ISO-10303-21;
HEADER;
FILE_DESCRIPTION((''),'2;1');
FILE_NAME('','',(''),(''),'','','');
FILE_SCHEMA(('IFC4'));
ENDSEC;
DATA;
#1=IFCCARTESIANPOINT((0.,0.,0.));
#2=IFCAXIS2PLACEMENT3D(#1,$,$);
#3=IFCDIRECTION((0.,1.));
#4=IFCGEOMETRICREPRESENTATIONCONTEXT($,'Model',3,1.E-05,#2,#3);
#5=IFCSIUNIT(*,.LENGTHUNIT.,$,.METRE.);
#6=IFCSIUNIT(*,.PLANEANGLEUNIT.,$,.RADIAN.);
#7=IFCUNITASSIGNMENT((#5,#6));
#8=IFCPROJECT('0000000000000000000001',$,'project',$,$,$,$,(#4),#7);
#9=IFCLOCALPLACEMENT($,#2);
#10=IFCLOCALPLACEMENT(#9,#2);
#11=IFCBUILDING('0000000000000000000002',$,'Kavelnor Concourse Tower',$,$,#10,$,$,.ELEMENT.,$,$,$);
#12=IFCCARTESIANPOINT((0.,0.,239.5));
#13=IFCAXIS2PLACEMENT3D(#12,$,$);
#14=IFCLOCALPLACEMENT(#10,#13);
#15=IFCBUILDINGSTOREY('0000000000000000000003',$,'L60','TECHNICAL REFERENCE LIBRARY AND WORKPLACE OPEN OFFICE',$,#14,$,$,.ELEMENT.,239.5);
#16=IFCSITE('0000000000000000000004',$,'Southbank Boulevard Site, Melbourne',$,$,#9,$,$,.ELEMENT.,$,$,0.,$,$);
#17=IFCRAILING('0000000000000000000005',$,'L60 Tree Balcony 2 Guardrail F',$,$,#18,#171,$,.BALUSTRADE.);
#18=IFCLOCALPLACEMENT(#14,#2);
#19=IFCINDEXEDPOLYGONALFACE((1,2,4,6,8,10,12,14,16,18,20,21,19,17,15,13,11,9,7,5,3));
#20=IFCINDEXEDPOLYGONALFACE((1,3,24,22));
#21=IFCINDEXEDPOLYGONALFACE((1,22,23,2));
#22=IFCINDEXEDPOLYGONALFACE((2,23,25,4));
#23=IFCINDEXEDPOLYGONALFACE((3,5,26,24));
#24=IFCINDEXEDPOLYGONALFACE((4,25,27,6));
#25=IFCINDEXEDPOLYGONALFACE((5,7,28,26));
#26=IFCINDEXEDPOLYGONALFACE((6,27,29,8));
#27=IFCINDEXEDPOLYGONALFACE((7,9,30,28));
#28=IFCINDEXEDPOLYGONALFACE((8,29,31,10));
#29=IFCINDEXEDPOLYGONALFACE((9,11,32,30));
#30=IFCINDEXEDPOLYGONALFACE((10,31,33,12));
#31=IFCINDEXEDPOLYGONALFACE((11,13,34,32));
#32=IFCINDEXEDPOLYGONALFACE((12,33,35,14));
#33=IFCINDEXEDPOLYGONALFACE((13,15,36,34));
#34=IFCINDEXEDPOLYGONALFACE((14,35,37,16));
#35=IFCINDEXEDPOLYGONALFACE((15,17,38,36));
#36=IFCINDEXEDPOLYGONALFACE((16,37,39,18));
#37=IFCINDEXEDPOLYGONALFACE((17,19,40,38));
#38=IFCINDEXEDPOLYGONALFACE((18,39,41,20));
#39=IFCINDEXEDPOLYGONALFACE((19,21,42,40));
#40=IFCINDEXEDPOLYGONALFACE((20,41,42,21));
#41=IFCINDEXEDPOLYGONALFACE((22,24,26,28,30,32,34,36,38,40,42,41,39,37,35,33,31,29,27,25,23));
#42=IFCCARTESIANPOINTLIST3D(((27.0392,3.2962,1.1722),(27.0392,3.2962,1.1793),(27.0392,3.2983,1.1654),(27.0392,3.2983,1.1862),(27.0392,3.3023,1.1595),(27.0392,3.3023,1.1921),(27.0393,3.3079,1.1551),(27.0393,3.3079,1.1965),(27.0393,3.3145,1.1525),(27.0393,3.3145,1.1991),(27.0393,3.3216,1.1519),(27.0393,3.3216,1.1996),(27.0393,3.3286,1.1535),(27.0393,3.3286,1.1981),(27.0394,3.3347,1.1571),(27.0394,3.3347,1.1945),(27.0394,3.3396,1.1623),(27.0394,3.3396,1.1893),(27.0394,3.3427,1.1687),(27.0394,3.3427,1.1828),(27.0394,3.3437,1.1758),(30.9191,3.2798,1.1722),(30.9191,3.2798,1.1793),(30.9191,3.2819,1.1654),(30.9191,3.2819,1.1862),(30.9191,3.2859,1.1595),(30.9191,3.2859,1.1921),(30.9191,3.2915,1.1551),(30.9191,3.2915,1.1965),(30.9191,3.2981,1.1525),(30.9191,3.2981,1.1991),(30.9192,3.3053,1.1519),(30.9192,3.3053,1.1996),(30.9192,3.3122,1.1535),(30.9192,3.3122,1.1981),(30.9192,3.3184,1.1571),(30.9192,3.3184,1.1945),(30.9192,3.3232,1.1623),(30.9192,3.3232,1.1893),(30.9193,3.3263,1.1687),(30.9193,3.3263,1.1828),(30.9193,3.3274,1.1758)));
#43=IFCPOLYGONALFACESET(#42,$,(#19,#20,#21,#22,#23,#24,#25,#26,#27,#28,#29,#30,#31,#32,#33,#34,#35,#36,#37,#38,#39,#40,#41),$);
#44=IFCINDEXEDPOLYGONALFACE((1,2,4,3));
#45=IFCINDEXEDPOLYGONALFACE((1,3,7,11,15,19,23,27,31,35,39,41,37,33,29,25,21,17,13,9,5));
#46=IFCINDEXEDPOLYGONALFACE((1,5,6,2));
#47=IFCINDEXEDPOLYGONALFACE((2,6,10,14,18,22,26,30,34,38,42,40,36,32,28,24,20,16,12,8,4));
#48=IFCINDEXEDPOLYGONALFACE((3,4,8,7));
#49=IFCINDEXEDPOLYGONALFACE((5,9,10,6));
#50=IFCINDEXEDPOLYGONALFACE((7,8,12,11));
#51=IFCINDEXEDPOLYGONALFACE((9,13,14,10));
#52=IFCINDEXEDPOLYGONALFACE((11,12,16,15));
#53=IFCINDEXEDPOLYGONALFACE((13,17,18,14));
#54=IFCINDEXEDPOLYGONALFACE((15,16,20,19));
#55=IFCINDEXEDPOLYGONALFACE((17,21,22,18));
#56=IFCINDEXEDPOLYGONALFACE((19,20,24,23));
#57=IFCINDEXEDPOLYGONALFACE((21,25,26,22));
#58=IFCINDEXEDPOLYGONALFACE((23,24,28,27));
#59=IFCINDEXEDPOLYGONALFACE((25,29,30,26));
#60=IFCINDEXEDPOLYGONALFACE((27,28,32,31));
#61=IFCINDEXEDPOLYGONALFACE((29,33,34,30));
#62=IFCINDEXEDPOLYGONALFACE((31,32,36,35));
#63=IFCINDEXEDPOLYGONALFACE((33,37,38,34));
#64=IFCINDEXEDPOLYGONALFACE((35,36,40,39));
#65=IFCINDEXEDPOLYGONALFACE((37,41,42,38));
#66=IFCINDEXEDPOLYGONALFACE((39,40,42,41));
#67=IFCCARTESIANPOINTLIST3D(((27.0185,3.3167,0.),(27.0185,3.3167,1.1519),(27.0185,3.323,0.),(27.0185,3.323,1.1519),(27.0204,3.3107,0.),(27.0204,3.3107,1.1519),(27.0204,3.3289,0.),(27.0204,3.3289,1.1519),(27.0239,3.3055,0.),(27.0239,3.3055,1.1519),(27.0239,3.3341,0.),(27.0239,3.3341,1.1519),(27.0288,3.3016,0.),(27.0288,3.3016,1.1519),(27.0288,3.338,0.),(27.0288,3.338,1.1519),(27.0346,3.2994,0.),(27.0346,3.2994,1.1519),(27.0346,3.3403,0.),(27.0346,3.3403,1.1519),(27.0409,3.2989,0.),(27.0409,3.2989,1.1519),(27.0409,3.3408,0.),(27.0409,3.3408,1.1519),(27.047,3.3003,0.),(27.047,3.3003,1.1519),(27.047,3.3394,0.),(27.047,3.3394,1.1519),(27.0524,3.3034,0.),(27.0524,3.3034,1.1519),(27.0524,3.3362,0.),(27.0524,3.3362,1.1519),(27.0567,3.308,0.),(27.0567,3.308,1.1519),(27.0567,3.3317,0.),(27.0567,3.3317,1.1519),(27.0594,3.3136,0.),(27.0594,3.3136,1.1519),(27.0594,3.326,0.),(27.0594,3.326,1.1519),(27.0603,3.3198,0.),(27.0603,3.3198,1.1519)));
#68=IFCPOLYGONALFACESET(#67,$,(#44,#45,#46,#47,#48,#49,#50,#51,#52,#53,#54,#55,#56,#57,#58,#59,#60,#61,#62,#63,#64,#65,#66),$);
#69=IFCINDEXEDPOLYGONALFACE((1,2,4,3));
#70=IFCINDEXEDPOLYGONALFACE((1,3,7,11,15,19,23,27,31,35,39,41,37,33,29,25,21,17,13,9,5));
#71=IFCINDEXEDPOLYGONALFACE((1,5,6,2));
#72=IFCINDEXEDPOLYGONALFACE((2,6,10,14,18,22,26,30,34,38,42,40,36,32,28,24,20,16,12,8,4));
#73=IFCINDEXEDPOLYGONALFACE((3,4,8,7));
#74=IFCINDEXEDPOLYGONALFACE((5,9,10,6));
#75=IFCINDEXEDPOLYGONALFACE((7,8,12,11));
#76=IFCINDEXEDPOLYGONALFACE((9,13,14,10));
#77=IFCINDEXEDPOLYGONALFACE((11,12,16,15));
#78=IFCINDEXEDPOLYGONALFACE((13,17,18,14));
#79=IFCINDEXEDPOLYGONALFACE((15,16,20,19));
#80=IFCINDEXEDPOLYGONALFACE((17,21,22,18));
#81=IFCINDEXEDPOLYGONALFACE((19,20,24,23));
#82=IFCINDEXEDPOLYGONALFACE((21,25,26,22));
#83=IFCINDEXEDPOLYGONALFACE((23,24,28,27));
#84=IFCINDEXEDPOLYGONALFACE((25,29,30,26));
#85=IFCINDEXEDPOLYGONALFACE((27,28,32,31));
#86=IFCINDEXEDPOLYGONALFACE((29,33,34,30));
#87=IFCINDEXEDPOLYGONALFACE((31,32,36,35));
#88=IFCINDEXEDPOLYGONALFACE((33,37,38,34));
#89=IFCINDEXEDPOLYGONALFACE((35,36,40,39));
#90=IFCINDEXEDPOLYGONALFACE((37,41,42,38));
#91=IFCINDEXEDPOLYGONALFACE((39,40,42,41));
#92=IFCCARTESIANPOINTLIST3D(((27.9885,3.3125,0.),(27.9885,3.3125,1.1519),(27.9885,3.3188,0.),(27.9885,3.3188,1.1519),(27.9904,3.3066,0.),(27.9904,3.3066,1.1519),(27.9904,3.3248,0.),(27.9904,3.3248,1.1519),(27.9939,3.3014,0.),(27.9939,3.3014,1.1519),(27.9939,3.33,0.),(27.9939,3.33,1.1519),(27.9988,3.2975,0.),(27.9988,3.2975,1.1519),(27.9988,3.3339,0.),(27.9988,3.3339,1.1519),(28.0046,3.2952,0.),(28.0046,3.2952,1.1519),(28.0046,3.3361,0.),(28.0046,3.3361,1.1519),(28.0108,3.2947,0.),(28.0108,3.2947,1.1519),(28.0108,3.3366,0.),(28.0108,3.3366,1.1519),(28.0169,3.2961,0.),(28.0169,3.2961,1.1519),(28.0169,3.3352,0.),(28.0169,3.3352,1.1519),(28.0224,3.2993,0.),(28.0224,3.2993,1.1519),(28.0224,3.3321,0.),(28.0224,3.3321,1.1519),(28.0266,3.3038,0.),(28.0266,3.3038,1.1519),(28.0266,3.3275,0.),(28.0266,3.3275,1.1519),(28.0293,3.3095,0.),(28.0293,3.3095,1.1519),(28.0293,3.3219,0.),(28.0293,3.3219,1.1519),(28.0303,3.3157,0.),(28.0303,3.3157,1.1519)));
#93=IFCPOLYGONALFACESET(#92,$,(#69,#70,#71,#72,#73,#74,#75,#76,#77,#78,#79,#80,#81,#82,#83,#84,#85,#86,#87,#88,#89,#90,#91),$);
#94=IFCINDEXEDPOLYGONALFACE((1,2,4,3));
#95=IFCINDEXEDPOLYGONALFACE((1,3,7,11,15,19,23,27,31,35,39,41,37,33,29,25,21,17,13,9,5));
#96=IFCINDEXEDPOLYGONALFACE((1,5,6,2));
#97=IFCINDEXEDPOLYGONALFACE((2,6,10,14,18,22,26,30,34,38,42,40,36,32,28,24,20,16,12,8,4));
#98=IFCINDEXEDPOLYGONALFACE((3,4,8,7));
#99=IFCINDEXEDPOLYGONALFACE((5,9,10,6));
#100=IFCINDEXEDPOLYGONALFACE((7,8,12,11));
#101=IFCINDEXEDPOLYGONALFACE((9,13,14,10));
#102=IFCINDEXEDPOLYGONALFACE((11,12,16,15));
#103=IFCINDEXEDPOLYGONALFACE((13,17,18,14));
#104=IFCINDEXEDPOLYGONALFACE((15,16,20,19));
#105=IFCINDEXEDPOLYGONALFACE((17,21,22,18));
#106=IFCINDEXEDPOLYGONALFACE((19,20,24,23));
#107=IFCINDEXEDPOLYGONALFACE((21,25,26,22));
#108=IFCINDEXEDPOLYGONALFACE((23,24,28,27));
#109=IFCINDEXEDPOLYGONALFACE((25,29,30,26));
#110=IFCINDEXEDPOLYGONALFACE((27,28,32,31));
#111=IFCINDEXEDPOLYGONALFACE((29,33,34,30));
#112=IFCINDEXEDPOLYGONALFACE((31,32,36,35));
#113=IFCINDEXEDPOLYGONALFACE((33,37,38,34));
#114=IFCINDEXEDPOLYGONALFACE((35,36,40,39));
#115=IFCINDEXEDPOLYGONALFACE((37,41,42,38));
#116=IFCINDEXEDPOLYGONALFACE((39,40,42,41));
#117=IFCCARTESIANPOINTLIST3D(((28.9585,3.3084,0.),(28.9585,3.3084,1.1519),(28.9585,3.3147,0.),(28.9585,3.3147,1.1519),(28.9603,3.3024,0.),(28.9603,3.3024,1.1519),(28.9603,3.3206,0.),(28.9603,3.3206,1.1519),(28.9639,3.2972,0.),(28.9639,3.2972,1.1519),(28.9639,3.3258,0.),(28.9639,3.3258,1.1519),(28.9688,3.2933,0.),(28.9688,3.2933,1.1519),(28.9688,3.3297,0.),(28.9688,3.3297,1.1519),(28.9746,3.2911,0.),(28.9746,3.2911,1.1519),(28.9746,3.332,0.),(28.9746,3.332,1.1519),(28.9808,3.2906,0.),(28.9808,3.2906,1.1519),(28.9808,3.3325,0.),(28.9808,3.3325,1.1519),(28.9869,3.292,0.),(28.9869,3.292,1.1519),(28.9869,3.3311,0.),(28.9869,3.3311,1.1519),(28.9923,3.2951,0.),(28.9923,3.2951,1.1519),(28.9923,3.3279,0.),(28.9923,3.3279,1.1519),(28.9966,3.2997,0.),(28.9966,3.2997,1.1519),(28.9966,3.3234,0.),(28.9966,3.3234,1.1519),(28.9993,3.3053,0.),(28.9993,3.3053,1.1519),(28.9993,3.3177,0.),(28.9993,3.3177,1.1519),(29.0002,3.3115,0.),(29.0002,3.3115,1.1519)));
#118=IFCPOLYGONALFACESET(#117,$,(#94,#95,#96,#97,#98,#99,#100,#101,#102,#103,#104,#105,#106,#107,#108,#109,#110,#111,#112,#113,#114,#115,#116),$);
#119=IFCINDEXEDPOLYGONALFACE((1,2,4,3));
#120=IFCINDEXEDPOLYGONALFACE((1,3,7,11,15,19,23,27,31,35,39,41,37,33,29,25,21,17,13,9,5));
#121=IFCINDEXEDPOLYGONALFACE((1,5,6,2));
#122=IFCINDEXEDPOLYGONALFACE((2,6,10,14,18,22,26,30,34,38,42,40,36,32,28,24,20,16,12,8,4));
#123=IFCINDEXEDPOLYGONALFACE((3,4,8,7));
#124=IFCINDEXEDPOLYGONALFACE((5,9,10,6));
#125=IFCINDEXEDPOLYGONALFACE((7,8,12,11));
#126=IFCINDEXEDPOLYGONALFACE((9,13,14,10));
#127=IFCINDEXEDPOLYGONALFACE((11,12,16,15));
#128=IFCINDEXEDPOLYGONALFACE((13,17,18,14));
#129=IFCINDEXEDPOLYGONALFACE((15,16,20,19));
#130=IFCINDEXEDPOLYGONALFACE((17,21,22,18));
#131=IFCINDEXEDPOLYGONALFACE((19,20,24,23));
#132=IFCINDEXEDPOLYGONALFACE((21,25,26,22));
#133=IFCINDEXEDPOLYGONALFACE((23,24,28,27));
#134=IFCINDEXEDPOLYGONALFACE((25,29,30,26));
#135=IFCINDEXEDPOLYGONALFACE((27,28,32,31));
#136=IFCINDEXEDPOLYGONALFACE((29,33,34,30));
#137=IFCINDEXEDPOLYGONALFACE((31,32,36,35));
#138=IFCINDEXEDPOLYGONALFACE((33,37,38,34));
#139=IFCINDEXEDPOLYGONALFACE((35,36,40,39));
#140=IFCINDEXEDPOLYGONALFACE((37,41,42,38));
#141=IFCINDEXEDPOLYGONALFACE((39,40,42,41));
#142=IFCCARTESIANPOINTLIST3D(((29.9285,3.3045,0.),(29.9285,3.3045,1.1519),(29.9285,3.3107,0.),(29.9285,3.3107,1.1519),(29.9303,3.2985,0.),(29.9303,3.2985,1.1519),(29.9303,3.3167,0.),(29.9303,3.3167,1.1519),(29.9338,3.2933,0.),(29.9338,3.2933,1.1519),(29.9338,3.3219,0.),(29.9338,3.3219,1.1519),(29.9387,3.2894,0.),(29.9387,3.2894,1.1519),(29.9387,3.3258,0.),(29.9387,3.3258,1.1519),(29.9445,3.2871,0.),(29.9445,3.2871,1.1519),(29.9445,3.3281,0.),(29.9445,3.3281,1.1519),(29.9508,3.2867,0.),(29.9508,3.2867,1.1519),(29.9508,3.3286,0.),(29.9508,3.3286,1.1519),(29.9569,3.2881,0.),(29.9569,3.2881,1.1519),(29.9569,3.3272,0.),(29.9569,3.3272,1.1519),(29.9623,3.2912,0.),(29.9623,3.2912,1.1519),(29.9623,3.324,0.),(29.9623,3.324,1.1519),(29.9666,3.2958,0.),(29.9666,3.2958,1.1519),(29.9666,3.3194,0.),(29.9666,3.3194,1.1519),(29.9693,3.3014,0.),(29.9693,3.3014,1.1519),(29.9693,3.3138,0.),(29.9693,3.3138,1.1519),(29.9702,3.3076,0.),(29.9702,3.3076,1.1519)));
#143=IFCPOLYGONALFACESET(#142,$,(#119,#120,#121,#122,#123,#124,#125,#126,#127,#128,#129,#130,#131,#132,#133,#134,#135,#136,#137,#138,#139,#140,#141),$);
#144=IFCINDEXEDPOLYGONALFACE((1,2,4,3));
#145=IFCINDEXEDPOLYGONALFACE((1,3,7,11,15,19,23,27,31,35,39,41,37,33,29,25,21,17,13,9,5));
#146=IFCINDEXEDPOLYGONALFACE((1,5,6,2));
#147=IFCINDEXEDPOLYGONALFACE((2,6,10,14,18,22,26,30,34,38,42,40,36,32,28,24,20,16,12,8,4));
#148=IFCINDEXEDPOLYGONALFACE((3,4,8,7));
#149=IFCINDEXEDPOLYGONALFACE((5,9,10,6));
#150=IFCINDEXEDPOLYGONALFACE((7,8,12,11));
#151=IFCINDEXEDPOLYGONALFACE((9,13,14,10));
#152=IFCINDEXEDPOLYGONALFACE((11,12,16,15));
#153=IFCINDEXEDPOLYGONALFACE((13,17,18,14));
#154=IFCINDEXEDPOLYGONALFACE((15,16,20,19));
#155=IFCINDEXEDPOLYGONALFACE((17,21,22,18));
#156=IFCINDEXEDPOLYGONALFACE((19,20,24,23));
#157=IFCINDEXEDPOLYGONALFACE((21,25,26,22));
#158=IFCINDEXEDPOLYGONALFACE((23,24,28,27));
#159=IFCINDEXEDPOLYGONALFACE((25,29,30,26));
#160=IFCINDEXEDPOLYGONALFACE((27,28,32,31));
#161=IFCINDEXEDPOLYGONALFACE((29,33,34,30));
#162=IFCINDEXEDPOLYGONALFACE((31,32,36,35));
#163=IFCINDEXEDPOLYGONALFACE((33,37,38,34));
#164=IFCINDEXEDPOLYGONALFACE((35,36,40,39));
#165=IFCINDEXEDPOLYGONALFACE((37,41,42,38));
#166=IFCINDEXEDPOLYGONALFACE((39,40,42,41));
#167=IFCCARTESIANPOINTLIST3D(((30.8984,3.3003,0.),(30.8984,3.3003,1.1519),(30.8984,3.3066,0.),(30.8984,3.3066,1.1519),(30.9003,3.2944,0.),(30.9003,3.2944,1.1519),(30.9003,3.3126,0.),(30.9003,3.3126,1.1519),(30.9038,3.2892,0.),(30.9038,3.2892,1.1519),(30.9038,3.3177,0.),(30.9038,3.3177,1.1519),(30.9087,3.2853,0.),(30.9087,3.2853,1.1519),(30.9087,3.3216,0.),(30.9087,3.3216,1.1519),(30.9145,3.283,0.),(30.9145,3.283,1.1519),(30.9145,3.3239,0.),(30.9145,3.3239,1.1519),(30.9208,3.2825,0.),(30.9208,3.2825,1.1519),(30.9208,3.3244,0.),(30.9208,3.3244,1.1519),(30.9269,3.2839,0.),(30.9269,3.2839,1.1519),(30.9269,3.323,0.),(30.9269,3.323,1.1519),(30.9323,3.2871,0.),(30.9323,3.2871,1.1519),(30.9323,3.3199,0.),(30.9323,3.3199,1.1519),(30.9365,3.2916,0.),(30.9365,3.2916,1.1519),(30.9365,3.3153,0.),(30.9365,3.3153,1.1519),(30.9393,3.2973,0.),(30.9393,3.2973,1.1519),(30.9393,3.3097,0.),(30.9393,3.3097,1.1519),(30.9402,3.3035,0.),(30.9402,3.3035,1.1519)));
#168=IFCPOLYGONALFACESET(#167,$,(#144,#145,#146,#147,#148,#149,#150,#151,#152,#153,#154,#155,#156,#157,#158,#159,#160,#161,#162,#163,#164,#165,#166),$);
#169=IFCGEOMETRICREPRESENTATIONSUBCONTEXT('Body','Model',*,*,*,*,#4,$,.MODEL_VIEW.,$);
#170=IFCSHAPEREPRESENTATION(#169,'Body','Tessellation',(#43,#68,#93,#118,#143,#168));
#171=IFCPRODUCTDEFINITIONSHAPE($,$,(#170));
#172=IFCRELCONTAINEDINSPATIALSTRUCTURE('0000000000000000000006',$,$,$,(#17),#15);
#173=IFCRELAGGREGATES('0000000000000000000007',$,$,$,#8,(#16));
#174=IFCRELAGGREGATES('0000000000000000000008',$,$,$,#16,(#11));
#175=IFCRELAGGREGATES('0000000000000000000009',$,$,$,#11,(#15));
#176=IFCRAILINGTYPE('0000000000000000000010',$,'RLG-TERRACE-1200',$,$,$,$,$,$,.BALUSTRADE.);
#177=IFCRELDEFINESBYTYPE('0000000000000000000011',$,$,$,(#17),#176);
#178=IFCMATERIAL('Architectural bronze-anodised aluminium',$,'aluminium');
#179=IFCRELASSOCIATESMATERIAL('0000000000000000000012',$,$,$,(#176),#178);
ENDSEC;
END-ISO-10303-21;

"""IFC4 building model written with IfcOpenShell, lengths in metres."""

from ifc_helpers import new_model, si_unit, direction, frame, origin, origin_2d, place, context, subcontext, project, spatial, circle, extrude, material, type_object, element, save


model = new_model("IFC4")

# Units and contexts
model_context = context("Model", 3, precision=1e-05, world=origin(), true_north=direction((0.0, 1.0)))
body_context = subcontext(model_context, "Body", "Model", "MODEL_VIEW")
ifc_project = project(units=[si_unit("LENGTHUNIT", "METRE"), si_unit("PLANEANGLEUNIT", "RADIAN")], contexts=[model_context])

# Site, building, storey
site_placement = place(None, origin())
site = spatial("IfcSite", under=ifc_project, at=site_placement, Name="Southbank Boulevard Site, Melbourne", CompositionType="ELEMENT", RefElevation=0.0)
building_placement = place(site_placement, origin())
building = spatial("IfcBuilding", under=site, at=building_placement, Name="Kavelnor Concourse Tower", CompositionType="ELEMENT")
storey_placement = place(building_placement, frame((0.0, 0.0, 239.5)))
storey = spatial("IfcBuildingStorey", under=building, at=storey_placement, Name="L60", Description="TECHNICAL REFERENCE LIBRARY AND WORKPLACE OPEN OFFICE", CompositionType="ELEMENT", Elevation=239.5)

# Railing
ifc_material_1 = material(Name="Architectural bronze-anodised aluminium", Category="aluminium")
railing_type = type_object("IfcRailingType", Name="RLG-TERRACE-1200", PredefinedType="BALUSTRADE", material=ifc_material_1)
railing_1_placement = place(storey_placement, frame((27.0393, 3.3198, 0.0)))
element("IfcRailing", 1, at=railing_1_placement, inside=storey, type_object=railing_type, Name="L60 Tree Balcony 2 Guardrail F", PredefinedType="BALUSTRADE", context=body_context, shape_type="SweptSolid", body=[
    extrude(circle(Radius=0.0239, at=origin_2d()), frame((0.0, 0.0, 1.1758), z_axis=(0.999991, -0.004216, 0.0), x_axis=(0.004216, 0.999991, 0.0)), (0.0, 0.0, 1.0), 3.8799),
    extrude(circle(Radius=0.021, at=origin_2d()), origin(), (0.0, 0.0, 1.0), 1.1519),
    extrude(circle(Radius=0.021, at=origin_2d()), frame((0.97, -0.0042, 0.0)), (0.0, 0.0, 1.0), 1.1519),
    extrude(circle(Radius=0.021, at=origin_2d()), frame((1.9399, -0.0083, 0.0)), (0.0, 0.0, 1.0), 1.1519),
    extrude(circle(Radius=0.021, at=origin_2d()), frame((2.9099, -0.0122, 0.0)), (0.0, 0.0, 1.0), 1.1519),
    extrude(circle(Radius=0.021, at=origin_2d()), frame((3.8799, -0.0164, 0.0)), (0.0, 0.0, 1.0), 1.1519),
])

save(model, "model.ifc")
